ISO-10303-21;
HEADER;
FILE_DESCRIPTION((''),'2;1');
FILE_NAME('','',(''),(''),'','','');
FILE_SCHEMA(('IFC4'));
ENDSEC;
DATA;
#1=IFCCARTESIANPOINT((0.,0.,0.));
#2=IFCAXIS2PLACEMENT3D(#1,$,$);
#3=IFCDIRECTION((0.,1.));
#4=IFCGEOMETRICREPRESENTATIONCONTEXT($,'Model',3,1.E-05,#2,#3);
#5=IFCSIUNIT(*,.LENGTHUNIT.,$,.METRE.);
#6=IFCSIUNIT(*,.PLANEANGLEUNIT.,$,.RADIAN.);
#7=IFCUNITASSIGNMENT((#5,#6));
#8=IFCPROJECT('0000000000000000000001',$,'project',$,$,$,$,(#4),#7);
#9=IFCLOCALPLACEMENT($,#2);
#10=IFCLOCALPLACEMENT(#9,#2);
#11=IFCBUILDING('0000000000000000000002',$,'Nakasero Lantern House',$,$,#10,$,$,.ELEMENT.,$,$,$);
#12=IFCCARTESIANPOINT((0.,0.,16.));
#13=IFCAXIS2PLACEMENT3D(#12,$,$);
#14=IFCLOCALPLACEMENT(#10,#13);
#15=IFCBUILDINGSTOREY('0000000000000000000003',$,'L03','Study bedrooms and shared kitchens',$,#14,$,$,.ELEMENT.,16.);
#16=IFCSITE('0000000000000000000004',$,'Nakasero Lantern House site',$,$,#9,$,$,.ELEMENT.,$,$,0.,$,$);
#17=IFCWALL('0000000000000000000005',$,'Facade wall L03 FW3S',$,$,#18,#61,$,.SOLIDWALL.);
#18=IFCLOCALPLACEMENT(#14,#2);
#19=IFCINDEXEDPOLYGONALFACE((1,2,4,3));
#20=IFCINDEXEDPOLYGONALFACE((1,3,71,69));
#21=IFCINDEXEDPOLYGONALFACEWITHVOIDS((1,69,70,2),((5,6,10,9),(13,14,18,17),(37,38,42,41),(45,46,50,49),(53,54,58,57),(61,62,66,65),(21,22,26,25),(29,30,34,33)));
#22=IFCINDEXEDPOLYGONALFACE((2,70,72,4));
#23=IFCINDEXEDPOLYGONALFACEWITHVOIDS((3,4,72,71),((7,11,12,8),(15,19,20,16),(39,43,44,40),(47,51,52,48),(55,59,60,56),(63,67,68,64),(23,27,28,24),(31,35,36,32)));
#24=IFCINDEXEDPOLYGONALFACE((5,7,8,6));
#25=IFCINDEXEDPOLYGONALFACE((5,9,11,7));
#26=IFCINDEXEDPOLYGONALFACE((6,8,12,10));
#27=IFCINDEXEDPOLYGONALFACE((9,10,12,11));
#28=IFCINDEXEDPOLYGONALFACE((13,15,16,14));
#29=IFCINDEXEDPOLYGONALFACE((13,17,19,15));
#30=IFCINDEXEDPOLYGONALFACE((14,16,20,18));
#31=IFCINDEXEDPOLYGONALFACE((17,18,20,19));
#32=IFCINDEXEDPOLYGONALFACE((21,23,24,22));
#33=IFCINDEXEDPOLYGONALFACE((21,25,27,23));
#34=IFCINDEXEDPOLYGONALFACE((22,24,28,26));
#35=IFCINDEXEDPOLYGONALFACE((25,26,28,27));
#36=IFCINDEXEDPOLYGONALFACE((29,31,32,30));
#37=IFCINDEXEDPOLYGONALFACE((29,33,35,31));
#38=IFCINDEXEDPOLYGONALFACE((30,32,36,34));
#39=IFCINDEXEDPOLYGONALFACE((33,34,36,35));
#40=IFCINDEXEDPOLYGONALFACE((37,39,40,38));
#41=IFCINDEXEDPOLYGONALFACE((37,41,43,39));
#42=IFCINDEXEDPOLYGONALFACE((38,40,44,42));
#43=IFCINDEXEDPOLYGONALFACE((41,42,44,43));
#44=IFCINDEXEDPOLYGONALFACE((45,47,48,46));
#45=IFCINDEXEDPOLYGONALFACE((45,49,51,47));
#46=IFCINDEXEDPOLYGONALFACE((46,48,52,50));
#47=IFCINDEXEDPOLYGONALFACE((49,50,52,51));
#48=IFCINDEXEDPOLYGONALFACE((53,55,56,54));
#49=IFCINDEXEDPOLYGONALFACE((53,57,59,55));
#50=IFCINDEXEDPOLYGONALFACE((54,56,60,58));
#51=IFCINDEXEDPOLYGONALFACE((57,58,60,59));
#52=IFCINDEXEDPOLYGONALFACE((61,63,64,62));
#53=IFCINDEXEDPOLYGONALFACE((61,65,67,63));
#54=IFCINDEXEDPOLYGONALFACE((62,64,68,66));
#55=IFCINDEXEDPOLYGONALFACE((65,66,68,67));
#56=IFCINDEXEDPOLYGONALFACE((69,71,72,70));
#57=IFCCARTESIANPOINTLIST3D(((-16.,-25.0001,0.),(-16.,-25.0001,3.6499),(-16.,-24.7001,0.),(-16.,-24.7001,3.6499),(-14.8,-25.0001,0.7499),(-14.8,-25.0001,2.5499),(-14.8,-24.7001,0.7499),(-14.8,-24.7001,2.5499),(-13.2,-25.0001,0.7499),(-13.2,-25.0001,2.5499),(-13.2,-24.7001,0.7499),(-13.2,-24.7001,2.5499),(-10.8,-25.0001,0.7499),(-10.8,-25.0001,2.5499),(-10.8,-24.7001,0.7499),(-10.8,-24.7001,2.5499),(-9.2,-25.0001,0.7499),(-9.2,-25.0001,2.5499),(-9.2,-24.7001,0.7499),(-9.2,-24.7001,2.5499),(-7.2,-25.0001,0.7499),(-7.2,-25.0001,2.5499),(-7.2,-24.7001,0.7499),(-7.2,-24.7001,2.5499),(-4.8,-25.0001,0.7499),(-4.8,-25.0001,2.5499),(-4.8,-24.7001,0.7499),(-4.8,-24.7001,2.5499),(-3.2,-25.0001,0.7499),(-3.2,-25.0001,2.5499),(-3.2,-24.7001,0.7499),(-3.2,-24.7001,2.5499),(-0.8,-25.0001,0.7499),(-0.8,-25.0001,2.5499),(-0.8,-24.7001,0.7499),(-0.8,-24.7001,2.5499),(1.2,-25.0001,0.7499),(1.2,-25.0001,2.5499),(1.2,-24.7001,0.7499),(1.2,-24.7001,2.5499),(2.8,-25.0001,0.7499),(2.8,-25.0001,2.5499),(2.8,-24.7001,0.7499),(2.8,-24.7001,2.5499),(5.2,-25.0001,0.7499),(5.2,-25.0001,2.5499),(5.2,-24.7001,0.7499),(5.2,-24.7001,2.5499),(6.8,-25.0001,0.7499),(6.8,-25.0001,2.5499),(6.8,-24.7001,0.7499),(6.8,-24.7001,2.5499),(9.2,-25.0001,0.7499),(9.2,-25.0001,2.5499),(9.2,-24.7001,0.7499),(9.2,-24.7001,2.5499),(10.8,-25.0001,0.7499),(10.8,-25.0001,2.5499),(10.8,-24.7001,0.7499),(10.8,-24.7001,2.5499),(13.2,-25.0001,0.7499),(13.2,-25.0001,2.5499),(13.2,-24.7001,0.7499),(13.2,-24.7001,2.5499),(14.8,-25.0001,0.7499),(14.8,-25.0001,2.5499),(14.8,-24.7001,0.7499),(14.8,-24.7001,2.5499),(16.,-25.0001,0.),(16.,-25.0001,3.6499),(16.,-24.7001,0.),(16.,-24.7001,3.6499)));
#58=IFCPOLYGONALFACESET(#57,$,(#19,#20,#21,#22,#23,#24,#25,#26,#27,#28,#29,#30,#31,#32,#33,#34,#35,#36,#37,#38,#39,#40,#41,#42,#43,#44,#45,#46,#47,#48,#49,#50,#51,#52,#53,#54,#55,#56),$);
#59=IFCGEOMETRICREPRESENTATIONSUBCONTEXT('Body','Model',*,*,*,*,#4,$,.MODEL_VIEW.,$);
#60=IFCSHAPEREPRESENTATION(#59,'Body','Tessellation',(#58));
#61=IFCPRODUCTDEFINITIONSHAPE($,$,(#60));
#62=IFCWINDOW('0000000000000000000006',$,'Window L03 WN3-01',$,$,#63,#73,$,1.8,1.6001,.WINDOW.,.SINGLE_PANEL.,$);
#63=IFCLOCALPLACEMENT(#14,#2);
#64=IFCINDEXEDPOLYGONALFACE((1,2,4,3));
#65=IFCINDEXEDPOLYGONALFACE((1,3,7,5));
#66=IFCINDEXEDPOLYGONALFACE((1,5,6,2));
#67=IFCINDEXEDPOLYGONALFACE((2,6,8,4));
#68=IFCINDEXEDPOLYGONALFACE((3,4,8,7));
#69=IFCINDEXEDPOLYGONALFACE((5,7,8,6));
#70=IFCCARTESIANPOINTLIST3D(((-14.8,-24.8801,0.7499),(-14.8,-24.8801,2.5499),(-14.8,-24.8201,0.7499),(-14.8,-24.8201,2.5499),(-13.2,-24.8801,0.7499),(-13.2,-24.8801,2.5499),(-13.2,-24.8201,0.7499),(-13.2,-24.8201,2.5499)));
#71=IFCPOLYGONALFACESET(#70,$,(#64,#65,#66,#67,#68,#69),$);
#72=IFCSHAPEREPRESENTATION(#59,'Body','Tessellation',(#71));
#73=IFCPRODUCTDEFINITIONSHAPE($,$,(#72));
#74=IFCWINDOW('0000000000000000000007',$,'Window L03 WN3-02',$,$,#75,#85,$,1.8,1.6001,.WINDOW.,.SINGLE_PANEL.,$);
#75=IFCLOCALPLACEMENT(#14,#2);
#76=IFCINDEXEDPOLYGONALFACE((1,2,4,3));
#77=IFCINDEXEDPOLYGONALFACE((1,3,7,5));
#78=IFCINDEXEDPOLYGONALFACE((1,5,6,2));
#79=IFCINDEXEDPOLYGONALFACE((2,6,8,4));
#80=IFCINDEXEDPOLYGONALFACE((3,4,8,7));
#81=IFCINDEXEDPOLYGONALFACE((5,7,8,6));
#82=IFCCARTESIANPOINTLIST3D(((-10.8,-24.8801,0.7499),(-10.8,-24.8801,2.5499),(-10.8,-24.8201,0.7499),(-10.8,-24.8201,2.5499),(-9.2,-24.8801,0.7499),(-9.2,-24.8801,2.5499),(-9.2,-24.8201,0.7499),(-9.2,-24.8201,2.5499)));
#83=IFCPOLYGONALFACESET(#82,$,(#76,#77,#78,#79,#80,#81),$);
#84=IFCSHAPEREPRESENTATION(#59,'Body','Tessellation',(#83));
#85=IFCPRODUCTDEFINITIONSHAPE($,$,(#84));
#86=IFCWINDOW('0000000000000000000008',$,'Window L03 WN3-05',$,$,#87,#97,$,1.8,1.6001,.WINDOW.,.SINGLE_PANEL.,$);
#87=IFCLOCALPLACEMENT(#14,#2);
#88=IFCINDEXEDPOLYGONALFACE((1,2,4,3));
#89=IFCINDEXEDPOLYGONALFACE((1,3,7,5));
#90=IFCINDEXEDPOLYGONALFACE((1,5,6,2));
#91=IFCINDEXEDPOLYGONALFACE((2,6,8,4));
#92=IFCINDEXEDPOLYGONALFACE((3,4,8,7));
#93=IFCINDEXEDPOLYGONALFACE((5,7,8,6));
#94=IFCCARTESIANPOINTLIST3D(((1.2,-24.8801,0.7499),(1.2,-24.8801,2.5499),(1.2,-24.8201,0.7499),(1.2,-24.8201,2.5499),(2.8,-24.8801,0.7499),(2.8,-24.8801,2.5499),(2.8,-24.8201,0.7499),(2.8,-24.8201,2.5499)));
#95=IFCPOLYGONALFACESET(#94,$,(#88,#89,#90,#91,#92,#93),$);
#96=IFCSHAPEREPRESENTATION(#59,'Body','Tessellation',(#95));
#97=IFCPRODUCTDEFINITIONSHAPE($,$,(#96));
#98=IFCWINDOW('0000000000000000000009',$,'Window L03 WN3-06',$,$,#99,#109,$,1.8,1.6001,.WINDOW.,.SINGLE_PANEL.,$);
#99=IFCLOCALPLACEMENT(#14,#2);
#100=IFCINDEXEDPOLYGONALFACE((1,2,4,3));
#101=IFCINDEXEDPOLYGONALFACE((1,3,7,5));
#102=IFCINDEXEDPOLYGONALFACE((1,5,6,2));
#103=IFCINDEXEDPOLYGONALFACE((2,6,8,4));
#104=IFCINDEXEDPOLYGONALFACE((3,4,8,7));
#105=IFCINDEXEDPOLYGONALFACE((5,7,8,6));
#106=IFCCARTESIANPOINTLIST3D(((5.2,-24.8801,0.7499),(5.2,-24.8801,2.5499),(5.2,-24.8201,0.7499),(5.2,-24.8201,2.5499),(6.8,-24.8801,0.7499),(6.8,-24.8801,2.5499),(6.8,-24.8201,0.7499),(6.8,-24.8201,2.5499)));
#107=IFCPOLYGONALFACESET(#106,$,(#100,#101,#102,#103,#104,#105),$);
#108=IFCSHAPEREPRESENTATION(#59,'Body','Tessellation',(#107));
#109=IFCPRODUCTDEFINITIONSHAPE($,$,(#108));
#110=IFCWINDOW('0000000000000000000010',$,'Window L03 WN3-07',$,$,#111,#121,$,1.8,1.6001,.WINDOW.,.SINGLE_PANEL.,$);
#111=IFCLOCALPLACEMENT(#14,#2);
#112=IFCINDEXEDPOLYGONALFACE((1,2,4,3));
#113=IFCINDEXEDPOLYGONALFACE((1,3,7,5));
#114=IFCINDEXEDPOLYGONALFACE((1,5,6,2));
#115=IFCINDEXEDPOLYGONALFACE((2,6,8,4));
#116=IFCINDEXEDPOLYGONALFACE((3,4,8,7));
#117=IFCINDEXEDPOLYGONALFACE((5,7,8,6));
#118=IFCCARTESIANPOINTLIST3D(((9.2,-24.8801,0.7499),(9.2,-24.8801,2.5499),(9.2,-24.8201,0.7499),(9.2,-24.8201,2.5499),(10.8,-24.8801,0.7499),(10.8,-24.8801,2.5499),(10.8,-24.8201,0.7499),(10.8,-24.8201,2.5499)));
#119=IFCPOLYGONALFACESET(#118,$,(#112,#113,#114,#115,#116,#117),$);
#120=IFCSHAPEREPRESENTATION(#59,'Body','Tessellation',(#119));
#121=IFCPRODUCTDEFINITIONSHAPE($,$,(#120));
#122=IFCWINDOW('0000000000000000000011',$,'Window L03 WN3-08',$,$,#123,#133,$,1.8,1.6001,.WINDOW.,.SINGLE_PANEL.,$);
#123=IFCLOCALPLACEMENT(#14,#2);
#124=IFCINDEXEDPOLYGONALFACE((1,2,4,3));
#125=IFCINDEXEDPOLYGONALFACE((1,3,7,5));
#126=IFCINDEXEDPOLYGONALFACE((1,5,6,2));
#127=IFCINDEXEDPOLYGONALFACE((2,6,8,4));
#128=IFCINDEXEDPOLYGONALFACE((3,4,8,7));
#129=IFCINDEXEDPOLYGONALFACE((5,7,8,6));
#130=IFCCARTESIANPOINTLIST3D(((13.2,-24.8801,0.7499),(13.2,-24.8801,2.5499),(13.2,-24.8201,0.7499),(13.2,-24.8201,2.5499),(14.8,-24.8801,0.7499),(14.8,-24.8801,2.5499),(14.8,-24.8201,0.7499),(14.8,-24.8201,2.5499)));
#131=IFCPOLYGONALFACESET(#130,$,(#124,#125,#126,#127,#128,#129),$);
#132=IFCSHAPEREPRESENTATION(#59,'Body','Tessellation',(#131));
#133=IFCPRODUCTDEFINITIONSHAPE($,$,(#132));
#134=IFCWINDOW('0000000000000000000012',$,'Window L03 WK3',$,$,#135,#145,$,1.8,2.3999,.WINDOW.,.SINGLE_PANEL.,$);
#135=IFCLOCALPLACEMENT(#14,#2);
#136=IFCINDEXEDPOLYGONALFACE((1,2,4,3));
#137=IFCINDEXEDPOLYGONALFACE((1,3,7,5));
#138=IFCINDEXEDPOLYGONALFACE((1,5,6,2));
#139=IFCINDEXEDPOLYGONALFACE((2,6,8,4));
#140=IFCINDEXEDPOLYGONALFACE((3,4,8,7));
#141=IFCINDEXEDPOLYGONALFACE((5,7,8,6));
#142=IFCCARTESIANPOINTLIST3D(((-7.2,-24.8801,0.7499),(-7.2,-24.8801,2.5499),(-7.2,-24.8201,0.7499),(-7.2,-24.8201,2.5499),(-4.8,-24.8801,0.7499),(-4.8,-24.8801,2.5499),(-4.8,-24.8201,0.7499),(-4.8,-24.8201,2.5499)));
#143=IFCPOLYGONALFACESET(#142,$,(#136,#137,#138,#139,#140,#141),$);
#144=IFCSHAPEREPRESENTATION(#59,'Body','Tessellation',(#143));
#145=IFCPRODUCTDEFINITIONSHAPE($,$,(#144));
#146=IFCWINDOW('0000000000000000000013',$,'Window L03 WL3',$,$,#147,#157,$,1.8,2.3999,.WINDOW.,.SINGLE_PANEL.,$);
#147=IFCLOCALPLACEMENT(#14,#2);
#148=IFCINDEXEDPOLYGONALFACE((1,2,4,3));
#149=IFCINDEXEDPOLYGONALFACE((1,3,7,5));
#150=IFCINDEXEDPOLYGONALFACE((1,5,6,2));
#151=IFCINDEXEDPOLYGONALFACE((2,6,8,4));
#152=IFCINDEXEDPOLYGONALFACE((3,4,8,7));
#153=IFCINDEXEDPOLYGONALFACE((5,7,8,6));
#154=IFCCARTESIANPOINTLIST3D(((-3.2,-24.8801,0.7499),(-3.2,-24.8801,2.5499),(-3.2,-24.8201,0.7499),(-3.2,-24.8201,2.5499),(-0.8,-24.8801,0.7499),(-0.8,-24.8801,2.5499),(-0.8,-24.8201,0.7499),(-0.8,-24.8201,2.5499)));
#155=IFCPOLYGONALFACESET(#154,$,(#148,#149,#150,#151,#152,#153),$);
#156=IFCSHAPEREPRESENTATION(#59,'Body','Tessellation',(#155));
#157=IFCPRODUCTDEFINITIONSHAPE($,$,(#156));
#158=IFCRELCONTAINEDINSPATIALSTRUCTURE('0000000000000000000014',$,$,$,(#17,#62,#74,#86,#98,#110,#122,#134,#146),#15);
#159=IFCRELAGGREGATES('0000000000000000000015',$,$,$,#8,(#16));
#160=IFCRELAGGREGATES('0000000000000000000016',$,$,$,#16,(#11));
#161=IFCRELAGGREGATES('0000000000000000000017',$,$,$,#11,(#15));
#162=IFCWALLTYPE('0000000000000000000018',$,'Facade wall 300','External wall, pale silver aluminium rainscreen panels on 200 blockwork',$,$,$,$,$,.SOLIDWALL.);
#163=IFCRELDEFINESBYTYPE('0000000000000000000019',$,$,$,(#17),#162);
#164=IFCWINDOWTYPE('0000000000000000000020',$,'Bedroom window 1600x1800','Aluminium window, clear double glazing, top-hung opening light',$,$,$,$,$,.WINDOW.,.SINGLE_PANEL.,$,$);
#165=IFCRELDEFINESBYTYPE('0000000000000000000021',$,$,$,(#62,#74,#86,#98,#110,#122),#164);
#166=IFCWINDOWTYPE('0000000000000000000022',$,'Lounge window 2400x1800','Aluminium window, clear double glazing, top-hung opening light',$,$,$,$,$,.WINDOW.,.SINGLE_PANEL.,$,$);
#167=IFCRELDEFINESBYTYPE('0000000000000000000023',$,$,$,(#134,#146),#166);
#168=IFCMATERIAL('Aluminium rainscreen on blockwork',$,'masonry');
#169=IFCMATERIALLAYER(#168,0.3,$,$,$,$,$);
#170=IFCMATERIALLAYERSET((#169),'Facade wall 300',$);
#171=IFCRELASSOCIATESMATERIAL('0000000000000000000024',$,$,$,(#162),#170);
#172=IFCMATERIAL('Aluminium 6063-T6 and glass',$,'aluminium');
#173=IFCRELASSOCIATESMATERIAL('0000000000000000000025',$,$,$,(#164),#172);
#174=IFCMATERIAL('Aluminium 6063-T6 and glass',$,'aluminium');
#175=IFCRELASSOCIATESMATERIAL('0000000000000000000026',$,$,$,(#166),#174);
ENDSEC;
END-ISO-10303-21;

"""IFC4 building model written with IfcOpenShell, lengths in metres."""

from ifc_helpers import new_model, si_unit, direction, frame, frame_2d, origin, place, context, subcontext, project, spatial, rectangle, extrude, material, layer, layer_set, type_object, element, fill, save


model = new_model("IFC4")

# Units and contexts
model_context = context("Model", 3, precision=1e-05, world=origin(), true_north=direction((0.0, 1.0)))
body_context = subcontext(model_context, "Body", "Model", "MODEL_VIEW")
ifc_project = project(units=[si_unit("LENGTHUNIT", "METRE"), si_unit("PLANEANGLEUNIT", "RADIAN")], contexts=[model_context])

# Site, building, storey
site_placement = place(None, origin())
site = spatial("IfcSite", under=ifc_project, at=site_placement, Name="Nakasero Lantern House site", CompositionType="ELEMENT", RefElevation=0.0)
building_placement = place(site_placement, origin())
building = spatial("IfcBuilding", under=site, at=building_placement, Name="Nakasero Lantern House", CompositionType="ELEMENT")
storey_placement = place(building_placement, frame((0.0, 0.0, 16.0)))
storey = spatial("IfcBuildingStorey", under=building, at=storey_placement, Name="L03", Description="Study bedrooms and shared kitchens", CompositionType="ELEMENT", Elevation=16.0)

# Shared definitions
ifc_material_1 = material(Name="Aluminium rainscreen on blockwork", Category="masonry")
ifc_layer_1 = layer(ifc_material_1, 0.3)
ifc_layer_set_1 = layer_set([ifc_layer_1], Name="Facade wall 300")
wall_type_1 = type_object("IfcWallType", Name="Facade wall 300", Description="External wall, pale silver aluminium rainscreen panels on 200 blockwork", PredefinedType="SOLIDWALL", material=ifc_layer_set_1)
ifc_material_2 = material(Name="Aluminium 6063-T6 and glass", Category="aluminium")
window_type_1 = type_object("IfcWindowType", Name="Bedroom window 1600x1800", Description="Aluminium window, clear double glazing, top-hung opening light", PartitioningType="SINGLE_PANEL", PredefinedType="WINDOW", material=ifc_material_2)

# Wall, openings, windows
wall_1_placement = place(storey_placement, frame((-16.0, -24.8501, 0.0), z_axis=(0.0, 0.0, 1.0), x_axis=(1.0, 0.0, 0.0)))
wall_1 = element("IfcWall", 1, at=wall_1_placement, inside=storey, type_object=wall_type_1, Name="Facade wall L03 FW3S", PredefinedType="SOLIDWALL", context=body_context, shape_type="SweptSolid", body=[
    extrude(rectangle(XDim=32.0, YDim=0.3, at=frame_2d((16.0, 0.0))), origin(), (0.0, 0.0, 1.0), 3.6499),
])
opening_1_placement = place(wall_1_placement, frame((1.2, 0.0, 0.75)))
opening_1 = element("IfcOpeningElement", 2, at=opening_1_placement, cuts=wall_1, PredefinedType="OPENING", context=body_context, shape_type="SweptSolid", body=[
    extrude(rectangle(XDim=1.6001, YDim=1.8, at=frame_2d((0.8, 0.8999))), frame((0.0, 0.1699, 0.0), z_axis=(0.0, -1.0, 0.0), x_axis=(1.0, 0.0, 0.0)), (0.0, 0.0, 1.0), 0.3401),
])
opening_2_placement = place(wall_1_placement, frame((5.2, 0.0, 0.75)))
opening_2 = element("IfcOpeningElement", 3, at=opening_2_placement, cuts=wall_1, PredefinedType="OPENING", context=body_context, shape_type="SweptSolid", body=[
    extrude(rectangle(XDim=1.6001, YDim=1.8, at=frame_2d((0.8, 0.8999))), frame((0.0, 0.1699, 0.0), z_axis=(0.0, -1.0, 0.0), x_axis=(1.0, 0.0, 0.0)), (0.0, 0.0, 1.0), 0.3401),
])
opening_3_placement = place(wall_1_placement, frame((17.2, 0.0, 0.75)))
opening_3 = element("IfcOpeningElement", 4, at=opening_3_placement, cuts=wall_1, PredefinedType="OPENING", context=body_context, shape_type="SweptSolid", body=[
    extrude(rectangle(XDim=1.6001, YDim=1.8, at=frame_2d((0.8, 0.8999))), frame((0.0, 0.1699, 0.0), z_axis=(0.0, -1.0, 0.0), x_axis=(1.0, 0.0, 0.0)), (0.0, 0.0, 1.0), 0.3401),
])
opening_4_placement = place(wall_1_placement, frame((21.2, 0.0, 0.75)))
opening_4 = element("IfcOpeningElement", 5, at=opening_4_placement, cuts=wall_1, PredefinedType="OPENING", context=body_context, shape_type="SweptSolid", body=[
    extrude(rectangle(XDim=1.6001, YDim=1.8, at=frame_2d((0.8, 0.8999))), frame((0.0, 0.1699, 0.0), z_axis=(0.0, -1.0, 0.0), x_axis=(1.0, 0.0, 0.0)), (0.0, 0.0, 1.0), 0.3401),
])
opening_5_placement = place(wall_1_placement, frame((25.2, 0.0, 0.75)))
opening_5 = element("IfcOpeningElement", 6, at=opening_5_placement, cuts=wall_1, PredefinedType="OPENING", context=body_context, shape_type="SweptSolid", body=[
    extrude(rectangle(XDim=1.6001, YDim=1.8, at=frame_2d((0.8, 0.8999))), frame((0.0, 0.1699, 0.0), z_axis=(0.0, -1.0, 0.0), x_axis=(1.0, 0.0, 0.0)), (0.0, 0.0, 1.0), 0.3401),
])
opening_6_placement = place(wall_1_placement, frame((29.2, 0.0, 0.75)))
opening_6 = element("IfcOpeningElement", 7, at=opening_6_placement, cuts=wall_1, PredefinedType="OPENING", context=body_context, shape_type="SweptSolid", body=[
    extrude(rectangle(XDim=1.6001, YDim=1.8, at=frame_2d((0.8, 0.8999))), frame((0.0, 0.1699, 0.0), z_axis=(0.0, -1.0, 0.0), x_axis=(1.0, 0.0, 0.0)), (0.0, 0.0, 1.0), 0.3401),
])
opening_7_placement = place(wall_1_placement, frame((8.8, 0.0, 0.75)))
opening_7 = element("IfcOpeningElement", 8, at=opening_7_placement, cuts=wall_1, PredefinedType="OPENING", context=body_context, shape_type="SweptSolid", body=[
    extrude(rectangle(XDim=2.3999, YDim=1.8, at=frame_2d((1.2, 0.8999))), frame((0.0, 0.1699, 0.0), z_axis=(0.0, -1.0, 0.0), x_axis=(1.0, 0.0, 0.0)), (0.0, 0.0, 1.0), 0.3401),
])
opening_8_placement = place(wall_1_placement, frame((12.8, 0.0, 0.75)))
opening_8 = element("IfcOpeningElement", 9, at=opening_8_placement, cuts=wall_1, PredefinedType="OPENING", context=body_context, shape_type="SweptSolid", body=[
    extrude(rectangle(XDim=2.3999, YDim=1.8, at=frame_2d((1.2, 0.8999))), frame((0.0, 0.1699, 0.0), z_axis=(0.0, -1.0, 0.0), x_axis=(1.0, 0.0, 0.0)), (0.0, 0.0, 1.0), 0.3401),
])
window_1_placement = place(opening_1_placement, origin())
window_1 = element("IfcWindow", 10, at=window_1_placement, inside=storey, type_object=window_type_1, Name="Window L03 WN3-01", OverallHeight=1.8, OverallWidth=1.6001, PartitioningType="SINGLE_PANEL", PredefinedType="WINDOW", context=body_context, shape_type="SweptSolid", body=[
    extrude(rectangle(XDim=1.6001, YDim=1.8, at=frame_2d((0.8, 0.8999))), frame((0.0, 0.03, 0.0), z_axis=(0.0, -1.0, 0.0), x_axis=(1.0, 0.0, 0.0)), (0.0, 0.0, 1.0), 0.0601),
])
fill(opening_1, window_1)
window_2_placement = place(opening_2_placement, origin())
window_2 = element("IfcWindow", 11, at=window_2_placement, inside=storey, type_object=window_type_1, Name="Window L03 WN3-02", OverallHeight=1.8, OverallWidth=1.6001, PartitioningType="SINGLE_PANEL", PredefinedType="WINDOW", context=body_context, shape_type="SweptSolid", body=[
    extrude(rectangle(XDim=1.6001, YDim=1.8, at=frame_2d((0.8, 0.8999))), frame((0.0, 0.03, 0.0), z_axis=(0.0, -1.0, 0.0), x_axis=(1.0, 0.0, 0.0)), (0.0, 0.0, 1.0), 0.0601),
])
fill(opening_2, window_2)
window_3_placement = place(opening_3_placement, origin())
window_3 = element("IfcWindow", 12, at=window_3_placement, inside=storey, type_object=window_type_1, Name="Window L03 WN3-05", OverallHeight=1.8, OverallWidth=1.6001, PartitioningType="SINGLE_PANEL", PredefinedType="WINDOW", context=body_context, shape_type="SweptSolid", body=[
    extrude(rectangle(XDim=1.6001, YDim=1.8, at=frame_2d((0.8, 0.8999))), frame((0.0, 0.03, 0.0), z_axis=(0.0, -1.0, 0.0), x_axis=(1.0, 0.0, 0.0)), (0.0, 0.0, 1.0), 0.0601),
])
fill(opening_3, window_3)
window_4_placement = place(opening_4_placement, origin())
window_4 = element("IfcWindow", 13, at=window_4_placement, inside=storey, type_object=window_type_1, Name="Window L03 WN3-06", OverallHeight=1.8, OverallWidth=1.6001, PartitioningType="SINGLE_PANEL", PredefinedType="WINDOW", context=body_context, shape_type="SweptSolid", body=[
    extrude(rectangle(XDim=1.6001, YDim=1.8, at=frame_2d((0.8, 0.8999))), frame((0.0, 0.03, 0.0), z_axis=(0.0, -1.0, 0.0), x_axis=(1.0, 0.0, 0.0)), (0.0, 0.0, 1.0), 0.0601),
])
fill(opening_4, window_4)
window_5_placement = place(opening_5_placement, origin())
window_5 = element("IfcWindow", 14, at=window_5_placement, inside=storey, type_object=window_type_1, Name="Window L03 WN3-07", OverallHeight=1.8, OverallWidth=1.6001, PartitioningType="SINGLE_PANEL", PredefinedType="WINDOW", context=body_context, shape_type="SweptSolid", body=[
    extrude(rectangle(XDim=1.6001, YDim=1.8, at=frame_2d((0.8, 0.8999))), frame((0.0, 0.03, 0.0), z_axis=(0.0, -1.0, 0.0), x_axis=(1.0, 0.0, 0.0)), (0.0, 0.0, 1.0), 0.0601),
])
fill(opening_5, window_5)
window_6_placement = place(opening_6_placement, origin())
window_6 = element("IfcWindow", 15, at=window_6_placement, inside=storey, type_object=window_type_1, Name="Window L03 WN3-08", OverallHeight=1.8, OverallWidth=1.6001, PartitioningType="SINGLE_PANEL", PredefinedType="WINDOW", context=body_context, shape_type="SweptSolid", body=[
    extrude(rectangle(XDim=1.6001, YDim=1.8, at=frame_2d((0.8, 0.8999))), frame((0.0, 0.03, 0.0), z_axis=(0.0, -1.0, 0.0), x_axis=(1.0, 0.0, 0.0)), (0.0, 0.0, 1.0), 0.0601),
])
fill(opening_6, window_6)
ifc_material_3 = material(Name="Aluminium 6063-T6 and glass", Category="aluminium")
window_type_2 = type_object("IfcWindowType", Name="Lounge window 2400x1800", Description="Aluminium window, clear double glazing, top-hung opening light", PartitioningType="SINGLE_PANEL", PredefinedType="WINDOW", material=ifc_material_3)
window_7_placement = place(opening_7_placement, origin())
window_7 = element("IfcWindow", 16, at=window_7_placement, inside=storey, type_object=window_type_2, Name="Window L03 WK3", OverallHeight=1.8, OverallWidth=2.3999, PartitioningType="SINGLE_PANEL", PredefinedType="WINDOW", context=body_context, shape_type="SweptSolid", body=[
    extrude(rectangle(XDim=2.3999, YDim=1.8, at=frame_2d((1.2, 0.8999))), frame((0.0, 0.03, 0.0), z_axis=(0.0, -1.0, 0.0), x_axis=(1.0, 0.0, 0.0)), (0.0, 0.0, 1.0), 0.0601),
])
fill(opening_7, window_7)
window_8_placement = place(opening_8_placement, origin())
window_8 = element("IfcWindow", 17, at=window_8_placement, inside=storey, type_object=window_type_2, Name="Window L03 WL3", OverallHeight=1.8, OverallWidth=2.3999, PartitioningType="SINGLE_PANEL", PredefinedType="WINDOW", context=body_context, shape_type="SweptSolid", body=[
    extrude(rectangle(XDim=2.3999, YDim=1.8, at=frame_2d((1.2, 0.8999))), frame((0.0, 0.03, 0.0), z_axis=(0.0, -1.0, 0.0), x_axis=(1.0, 0.0, 0.0)), (0.0, 0.0, 1.0), 0.0601),
])
fill(opening_8, window_8)

save(model, "model.ifc")
